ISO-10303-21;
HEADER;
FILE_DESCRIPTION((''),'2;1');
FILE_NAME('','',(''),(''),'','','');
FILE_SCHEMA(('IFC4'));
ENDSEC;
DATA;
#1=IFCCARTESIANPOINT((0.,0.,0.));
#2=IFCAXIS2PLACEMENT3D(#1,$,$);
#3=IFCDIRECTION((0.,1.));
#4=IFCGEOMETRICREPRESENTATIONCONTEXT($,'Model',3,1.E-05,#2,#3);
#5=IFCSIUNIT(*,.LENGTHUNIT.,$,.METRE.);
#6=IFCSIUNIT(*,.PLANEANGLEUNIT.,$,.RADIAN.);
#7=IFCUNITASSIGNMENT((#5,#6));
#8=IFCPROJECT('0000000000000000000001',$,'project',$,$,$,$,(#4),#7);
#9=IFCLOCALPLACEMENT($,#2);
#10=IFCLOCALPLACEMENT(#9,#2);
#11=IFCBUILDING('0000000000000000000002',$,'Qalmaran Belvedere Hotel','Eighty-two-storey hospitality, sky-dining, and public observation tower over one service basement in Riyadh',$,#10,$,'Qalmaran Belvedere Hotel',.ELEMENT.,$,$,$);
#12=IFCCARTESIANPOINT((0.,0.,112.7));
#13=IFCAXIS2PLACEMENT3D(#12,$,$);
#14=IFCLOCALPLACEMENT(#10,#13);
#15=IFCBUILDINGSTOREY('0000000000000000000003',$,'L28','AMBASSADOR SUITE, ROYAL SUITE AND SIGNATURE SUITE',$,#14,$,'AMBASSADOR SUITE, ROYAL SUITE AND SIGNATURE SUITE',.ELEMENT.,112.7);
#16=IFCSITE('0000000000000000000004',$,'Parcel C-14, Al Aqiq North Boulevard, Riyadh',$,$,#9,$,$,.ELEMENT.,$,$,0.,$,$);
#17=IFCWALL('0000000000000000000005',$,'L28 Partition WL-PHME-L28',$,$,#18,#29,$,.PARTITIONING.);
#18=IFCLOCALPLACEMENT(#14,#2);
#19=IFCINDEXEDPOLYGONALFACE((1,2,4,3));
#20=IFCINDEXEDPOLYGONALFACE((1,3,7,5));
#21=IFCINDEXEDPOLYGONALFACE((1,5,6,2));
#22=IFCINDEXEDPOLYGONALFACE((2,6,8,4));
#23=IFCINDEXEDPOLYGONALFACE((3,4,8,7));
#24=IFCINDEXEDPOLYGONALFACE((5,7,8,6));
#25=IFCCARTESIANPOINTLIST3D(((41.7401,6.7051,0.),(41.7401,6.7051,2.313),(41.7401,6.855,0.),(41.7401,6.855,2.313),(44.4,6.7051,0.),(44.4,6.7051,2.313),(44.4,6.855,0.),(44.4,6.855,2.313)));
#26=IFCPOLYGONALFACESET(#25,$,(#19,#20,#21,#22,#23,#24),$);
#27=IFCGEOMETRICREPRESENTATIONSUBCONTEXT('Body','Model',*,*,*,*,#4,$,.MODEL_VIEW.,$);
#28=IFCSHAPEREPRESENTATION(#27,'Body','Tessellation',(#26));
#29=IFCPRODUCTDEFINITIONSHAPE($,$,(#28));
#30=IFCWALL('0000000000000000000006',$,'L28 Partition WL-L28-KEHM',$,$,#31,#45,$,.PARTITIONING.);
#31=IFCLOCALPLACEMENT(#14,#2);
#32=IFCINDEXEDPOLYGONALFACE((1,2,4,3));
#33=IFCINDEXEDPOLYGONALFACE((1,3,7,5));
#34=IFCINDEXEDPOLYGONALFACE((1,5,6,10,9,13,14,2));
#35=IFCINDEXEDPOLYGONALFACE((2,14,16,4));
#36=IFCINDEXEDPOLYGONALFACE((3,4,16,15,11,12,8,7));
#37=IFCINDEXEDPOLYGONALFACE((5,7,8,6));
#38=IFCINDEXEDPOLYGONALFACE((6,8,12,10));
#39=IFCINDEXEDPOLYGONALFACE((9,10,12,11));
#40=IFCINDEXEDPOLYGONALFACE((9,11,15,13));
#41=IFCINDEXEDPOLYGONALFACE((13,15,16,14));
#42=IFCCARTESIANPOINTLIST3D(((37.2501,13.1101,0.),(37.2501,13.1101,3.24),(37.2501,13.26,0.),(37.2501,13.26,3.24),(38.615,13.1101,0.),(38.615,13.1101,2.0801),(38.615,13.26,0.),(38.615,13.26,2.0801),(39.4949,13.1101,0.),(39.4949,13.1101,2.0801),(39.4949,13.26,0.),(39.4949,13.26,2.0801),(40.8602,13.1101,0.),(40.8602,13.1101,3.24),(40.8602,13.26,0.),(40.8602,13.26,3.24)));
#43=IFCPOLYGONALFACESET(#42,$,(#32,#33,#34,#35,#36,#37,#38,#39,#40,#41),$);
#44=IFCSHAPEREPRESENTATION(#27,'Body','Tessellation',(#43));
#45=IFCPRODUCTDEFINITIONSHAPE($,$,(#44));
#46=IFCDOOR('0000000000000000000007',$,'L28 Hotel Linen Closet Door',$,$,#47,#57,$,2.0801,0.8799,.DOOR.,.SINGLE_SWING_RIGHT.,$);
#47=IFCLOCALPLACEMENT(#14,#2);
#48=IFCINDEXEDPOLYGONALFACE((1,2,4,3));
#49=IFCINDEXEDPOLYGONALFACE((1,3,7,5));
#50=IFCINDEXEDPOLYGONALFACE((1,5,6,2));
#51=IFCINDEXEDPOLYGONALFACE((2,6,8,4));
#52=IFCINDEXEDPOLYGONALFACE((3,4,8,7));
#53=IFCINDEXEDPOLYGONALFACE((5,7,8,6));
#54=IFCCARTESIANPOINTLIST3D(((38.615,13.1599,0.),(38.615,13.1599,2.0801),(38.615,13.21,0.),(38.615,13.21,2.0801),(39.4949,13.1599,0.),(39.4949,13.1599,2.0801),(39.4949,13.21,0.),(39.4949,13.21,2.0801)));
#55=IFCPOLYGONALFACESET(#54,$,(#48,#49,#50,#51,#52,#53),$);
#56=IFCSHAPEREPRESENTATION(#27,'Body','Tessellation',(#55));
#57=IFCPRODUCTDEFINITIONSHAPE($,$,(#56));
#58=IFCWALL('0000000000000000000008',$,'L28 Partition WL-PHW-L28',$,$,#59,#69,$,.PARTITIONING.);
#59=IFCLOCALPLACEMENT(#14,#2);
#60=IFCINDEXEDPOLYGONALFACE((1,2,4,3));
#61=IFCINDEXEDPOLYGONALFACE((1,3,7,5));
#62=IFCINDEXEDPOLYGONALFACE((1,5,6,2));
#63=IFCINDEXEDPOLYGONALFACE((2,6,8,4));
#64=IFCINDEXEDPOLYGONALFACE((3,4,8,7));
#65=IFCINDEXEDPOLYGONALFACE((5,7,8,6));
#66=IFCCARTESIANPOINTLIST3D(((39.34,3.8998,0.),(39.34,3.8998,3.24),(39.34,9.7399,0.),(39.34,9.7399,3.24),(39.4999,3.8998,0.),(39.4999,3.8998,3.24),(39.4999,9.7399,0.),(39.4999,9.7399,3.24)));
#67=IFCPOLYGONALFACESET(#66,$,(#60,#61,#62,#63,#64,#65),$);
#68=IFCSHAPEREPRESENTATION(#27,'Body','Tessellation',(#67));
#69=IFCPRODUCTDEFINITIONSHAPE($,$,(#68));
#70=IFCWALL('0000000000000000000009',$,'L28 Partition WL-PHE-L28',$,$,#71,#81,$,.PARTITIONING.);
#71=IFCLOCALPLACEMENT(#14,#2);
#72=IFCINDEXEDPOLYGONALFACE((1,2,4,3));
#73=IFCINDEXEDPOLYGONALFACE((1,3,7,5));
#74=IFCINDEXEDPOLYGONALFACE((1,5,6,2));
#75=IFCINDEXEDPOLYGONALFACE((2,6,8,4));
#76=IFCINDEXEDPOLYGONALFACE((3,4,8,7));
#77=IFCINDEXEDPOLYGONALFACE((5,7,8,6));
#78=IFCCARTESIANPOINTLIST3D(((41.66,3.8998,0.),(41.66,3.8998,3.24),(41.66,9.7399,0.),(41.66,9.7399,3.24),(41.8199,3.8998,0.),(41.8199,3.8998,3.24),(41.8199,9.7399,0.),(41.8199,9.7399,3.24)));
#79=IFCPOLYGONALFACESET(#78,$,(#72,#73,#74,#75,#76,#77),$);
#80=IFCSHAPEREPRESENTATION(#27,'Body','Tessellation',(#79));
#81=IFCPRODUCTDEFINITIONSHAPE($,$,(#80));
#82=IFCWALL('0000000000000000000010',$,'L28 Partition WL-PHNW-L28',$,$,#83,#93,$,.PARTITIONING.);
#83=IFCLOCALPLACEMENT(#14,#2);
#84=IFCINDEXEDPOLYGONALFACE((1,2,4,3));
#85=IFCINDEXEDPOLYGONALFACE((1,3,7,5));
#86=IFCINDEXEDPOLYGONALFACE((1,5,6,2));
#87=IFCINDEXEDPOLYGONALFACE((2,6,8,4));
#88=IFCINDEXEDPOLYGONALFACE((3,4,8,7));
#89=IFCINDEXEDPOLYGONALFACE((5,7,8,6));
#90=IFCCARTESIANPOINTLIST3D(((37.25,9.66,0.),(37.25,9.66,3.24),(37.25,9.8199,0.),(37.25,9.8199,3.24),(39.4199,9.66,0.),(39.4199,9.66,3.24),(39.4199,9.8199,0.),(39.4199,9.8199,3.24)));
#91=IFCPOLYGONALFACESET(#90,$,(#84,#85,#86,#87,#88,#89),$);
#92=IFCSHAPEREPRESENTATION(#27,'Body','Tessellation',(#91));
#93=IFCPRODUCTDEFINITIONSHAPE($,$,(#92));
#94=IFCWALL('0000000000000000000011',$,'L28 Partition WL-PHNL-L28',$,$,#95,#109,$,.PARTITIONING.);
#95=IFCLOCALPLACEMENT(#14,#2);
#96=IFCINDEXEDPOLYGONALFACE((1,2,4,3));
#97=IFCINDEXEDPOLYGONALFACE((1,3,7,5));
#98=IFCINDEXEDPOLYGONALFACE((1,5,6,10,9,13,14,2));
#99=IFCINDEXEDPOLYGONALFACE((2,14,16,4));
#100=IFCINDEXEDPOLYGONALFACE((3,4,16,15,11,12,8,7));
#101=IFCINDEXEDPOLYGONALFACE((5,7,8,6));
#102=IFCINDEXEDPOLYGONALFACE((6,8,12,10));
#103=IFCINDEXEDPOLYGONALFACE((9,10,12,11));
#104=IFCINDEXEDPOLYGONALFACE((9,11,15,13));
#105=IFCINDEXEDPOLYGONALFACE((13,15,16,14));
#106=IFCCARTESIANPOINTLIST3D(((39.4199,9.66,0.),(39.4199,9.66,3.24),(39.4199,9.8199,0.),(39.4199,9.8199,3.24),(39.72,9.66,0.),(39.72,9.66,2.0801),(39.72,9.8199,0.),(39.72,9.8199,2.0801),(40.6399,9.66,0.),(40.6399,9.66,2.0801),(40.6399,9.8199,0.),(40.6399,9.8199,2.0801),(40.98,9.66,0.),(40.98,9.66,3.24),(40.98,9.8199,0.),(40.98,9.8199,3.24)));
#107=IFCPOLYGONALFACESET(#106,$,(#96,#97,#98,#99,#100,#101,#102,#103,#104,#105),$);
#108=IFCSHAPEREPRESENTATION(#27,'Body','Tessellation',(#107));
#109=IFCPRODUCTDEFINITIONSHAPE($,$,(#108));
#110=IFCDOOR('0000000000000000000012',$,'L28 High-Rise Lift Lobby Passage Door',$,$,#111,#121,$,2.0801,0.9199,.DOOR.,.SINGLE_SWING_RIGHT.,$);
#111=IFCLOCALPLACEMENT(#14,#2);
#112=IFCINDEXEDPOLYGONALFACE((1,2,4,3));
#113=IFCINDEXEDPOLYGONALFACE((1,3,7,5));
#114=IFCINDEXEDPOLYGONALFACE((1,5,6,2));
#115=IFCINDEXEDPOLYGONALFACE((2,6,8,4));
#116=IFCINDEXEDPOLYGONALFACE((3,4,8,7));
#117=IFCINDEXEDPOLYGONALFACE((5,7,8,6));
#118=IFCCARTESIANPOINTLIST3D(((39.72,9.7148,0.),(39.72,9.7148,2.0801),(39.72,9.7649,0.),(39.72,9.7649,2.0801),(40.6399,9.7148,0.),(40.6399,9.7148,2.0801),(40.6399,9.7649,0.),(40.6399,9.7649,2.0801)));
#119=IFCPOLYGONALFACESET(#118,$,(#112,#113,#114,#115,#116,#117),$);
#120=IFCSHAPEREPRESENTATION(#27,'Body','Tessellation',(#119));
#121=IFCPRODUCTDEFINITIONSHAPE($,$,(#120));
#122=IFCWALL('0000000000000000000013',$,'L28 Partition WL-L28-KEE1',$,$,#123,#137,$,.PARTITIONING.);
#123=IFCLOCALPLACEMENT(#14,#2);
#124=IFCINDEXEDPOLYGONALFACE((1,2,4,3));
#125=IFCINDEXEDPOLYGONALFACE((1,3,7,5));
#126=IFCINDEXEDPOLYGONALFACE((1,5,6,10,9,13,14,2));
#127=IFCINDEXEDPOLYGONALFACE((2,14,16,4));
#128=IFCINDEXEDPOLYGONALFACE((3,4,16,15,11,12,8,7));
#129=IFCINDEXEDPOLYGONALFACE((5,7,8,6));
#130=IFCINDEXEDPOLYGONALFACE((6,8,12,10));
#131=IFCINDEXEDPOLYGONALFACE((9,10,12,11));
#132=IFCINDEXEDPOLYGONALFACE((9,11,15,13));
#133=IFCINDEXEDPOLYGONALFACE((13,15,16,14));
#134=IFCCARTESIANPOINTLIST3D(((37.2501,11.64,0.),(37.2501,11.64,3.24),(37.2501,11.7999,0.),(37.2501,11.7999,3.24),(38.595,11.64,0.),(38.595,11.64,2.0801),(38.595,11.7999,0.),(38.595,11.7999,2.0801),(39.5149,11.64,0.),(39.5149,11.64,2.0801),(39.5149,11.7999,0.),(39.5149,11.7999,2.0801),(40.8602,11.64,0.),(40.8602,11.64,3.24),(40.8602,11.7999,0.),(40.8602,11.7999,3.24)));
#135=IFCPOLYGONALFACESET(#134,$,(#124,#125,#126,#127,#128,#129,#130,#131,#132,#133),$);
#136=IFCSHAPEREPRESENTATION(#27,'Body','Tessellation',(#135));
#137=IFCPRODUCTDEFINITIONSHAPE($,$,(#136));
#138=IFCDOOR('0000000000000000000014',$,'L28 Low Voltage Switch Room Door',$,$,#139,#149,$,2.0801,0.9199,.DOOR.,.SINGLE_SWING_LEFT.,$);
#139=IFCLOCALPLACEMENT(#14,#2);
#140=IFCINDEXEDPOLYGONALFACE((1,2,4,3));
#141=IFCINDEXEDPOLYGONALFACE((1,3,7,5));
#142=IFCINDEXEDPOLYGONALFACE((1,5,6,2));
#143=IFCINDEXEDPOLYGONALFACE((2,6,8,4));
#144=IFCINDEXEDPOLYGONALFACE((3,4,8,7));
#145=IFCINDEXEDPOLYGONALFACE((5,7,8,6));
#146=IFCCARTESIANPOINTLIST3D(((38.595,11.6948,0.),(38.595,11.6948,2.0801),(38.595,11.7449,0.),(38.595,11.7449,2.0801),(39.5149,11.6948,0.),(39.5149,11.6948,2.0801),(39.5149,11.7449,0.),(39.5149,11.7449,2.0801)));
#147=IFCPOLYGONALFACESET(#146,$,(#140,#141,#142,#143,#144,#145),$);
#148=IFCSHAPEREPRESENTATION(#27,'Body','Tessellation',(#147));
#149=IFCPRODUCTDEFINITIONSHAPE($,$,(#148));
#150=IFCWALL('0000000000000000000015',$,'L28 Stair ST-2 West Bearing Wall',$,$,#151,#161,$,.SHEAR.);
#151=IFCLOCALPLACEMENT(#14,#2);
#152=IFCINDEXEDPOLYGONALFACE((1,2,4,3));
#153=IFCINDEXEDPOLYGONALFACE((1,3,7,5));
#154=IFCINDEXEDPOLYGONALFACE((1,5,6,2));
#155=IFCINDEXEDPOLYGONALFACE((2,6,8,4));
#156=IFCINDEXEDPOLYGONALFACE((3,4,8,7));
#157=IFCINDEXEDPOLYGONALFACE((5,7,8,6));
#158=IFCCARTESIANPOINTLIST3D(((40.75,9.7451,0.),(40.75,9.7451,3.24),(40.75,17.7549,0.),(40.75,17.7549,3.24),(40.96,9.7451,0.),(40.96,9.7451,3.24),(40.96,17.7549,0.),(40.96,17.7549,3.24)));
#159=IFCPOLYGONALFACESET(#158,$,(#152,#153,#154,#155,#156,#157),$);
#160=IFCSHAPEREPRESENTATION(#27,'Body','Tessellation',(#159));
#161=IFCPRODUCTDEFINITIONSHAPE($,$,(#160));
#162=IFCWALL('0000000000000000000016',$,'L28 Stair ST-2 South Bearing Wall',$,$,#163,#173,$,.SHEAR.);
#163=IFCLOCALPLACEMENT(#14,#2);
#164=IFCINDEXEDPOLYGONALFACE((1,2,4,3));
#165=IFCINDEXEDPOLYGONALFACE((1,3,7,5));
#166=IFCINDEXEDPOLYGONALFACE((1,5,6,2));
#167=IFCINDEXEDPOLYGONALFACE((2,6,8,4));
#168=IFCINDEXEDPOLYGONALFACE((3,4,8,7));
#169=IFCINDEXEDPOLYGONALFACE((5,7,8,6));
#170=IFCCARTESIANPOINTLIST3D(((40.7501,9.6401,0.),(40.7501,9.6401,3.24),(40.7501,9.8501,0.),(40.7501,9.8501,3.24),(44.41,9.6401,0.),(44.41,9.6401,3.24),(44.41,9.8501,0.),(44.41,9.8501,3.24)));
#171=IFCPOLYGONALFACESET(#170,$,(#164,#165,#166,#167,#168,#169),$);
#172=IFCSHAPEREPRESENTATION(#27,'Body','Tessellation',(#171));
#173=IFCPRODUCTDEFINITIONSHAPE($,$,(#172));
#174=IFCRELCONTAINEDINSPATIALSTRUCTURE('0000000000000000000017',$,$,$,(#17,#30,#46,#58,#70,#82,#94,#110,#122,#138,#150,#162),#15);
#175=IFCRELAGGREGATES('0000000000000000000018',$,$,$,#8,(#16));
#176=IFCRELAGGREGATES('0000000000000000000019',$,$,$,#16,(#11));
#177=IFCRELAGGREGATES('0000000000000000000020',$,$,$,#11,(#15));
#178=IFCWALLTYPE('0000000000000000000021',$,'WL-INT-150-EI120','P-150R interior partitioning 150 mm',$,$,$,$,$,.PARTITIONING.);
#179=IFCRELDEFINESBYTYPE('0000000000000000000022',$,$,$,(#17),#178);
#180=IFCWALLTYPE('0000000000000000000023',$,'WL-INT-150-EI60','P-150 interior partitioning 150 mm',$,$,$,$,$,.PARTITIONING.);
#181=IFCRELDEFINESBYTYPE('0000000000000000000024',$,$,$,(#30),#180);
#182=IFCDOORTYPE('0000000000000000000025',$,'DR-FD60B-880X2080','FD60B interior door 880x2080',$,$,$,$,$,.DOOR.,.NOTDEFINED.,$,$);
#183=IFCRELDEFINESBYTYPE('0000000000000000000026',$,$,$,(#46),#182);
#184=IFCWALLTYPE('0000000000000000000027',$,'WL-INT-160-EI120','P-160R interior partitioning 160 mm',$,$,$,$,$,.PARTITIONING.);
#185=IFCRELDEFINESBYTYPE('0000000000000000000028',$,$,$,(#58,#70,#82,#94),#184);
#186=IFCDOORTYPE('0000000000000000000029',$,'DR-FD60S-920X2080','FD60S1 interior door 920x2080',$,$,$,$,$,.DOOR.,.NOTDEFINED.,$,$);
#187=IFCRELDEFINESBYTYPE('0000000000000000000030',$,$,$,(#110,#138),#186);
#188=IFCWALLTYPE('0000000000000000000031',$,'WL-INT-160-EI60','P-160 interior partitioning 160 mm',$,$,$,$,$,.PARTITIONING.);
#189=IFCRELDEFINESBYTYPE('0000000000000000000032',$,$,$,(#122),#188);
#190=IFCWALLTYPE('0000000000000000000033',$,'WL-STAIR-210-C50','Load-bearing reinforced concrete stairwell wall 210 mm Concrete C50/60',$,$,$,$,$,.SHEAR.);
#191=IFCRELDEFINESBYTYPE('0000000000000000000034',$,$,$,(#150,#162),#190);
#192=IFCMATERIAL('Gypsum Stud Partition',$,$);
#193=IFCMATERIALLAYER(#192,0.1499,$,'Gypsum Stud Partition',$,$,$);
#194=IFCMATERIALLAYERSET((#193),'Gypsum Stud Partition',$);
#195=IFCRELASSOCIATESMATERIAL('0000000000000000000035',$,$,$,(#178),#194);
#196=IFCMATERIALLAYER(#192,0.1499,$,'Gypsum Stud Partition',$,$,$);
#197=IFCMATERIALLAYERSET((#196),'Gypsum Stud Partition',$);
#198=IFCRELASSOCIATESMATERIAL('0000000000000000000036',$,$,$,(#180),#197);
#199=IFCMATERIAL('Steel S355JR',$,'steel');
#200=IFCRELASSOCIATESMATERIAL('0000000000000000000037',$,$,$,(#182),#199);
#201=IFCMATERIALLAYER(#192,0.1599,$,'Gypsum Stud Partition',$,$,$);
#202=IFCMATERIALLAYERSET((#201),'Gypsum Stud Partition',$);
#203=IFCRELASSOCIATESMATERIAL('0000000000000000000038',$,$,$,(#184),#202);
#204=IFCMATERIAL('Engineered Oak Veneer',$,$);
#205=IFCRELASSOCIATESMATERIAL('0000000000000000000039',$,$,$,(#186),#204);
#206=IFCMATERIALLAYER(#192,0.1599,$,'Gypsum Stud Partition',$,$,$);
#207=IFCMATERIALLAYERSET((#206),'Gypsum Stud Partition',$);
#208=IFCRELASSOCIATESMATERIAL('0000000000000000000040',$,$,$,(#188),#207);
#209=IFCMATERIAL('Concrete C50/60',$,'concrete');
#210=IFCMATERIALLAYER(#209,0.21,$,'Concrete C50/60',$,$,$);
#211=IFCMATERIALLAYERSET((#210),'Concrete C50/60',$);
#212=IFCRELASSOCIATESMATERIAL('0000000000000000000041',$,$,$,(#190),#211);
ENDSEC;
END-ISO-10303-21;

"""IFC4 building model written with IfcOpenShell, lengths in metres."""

from ifc_helpers import new_model, si_unit, direction, frame, frame_2d, origin, place, context, subcontext, project, spatial, rectangle, extrude, material, layer, layer_set, type_object, element, fill, save


model = new_model("IFC4")

# Units and contexts
model_context = context("Model", 3, precision=1e-05, world=origin(), true_north=direction((0.0, 1.0)))
body_context = subcontext(model_context, "Body", "Model", "MODEL_VIEW")
ifc_project = project(units=[si_unit("LENGTHUNIT", "METRE"), si_unit("PLANEANGLEUNIT", "RADIAN")], contexts=[model_context])

# Site, building, storey
site_placement = place(None, origin())
site = spatial("IfcSite", under=ifc_project, at=site_placement, Name="Parcel C-14, Al Aqiq North Boulevard, Riyadh", CompositionType="ELEMENT", RefElevation=0.0)
building_placement = place(site_placement, origin())
building = spatial("IfcBuilding", under=site, at=building_placement, Name="Qalmaran Belvedere Hotel", Description="Eighty-two-storey hospitality, sky-dining, and public observation tower over one service basement in Riyadh", LongName="Qalmaran Belvedere Hotel", CompositionType="ELEMENT")
storey_placement = place(building_placement, frame((0.0, 0.0, 112.7)))
storey = spatial("IfcBuildingStorey", under=building, at=storey_placement, Name="L28", Description="AMBASSADOR SUITE, ROYAL SUITE AND SIGNATURE SUITE", LongName="AMBASSADOR SUITE, ROYAL SUITE AND SIGNATURE SUITE", CompositionType="ELEMENT", Elevation=112.7)

# Wall
ifc_material_1 = material(Name="Gypsum Stud Partition")
ifc_layer_1 = layer(ifc_material_1, 0.1499, Name="Gypsum Stud Partition")
ifc_layer_set_1 = layer_set([ifc_layer_1], Name="Gypsum Stud Partition")
wall_type_1 = type_object("IfcWallType", Name="WL-INT-150-EI120", Description="P-150R interior partitioning 150 mm", PredefinedType="PARTITIONING", material=ifc_layer_set_1)
wall_1_placement = place(storey_placement, frame((41.74, 6.78, 0.0), z_axis=(0.0, 0.0, 1.0), x_axis=(1.0, 0.0, 0.0)))
element("IfcWall", 1, at=wall_1_placement, inside=storey, type_object=wall_type_1, Name="L28 Partition WL-PHME-L28", PredefinedType="PARTITIONING", context=body_context, shape_type="SweptSolid", body=[
    extrude(rectangle(XDim=2.6599, YDim=0.1499, at=frame_2d((1.3301, 0.0))), origin(), (0.0, 0.0, 1.0), 2.313),
])

# Wall, opening, door
ifc_layer_2 = layer(ifc_material_1, 0.1499, Name="Gypsum Stud Partition")
ifc_layer_set_2 = layer_set([ifc_layer_2], Name="Gypsum Stud Partition")
wall_type_2 = type_object("IfcWallType", Name="WL-INT-150-EI60", Description="P-150 interior partitioning 150 mm", PredefinedType="PARTITIONING", material=ifc_layer_set_2)
wall_2_placement = place(storey_placement, frame((37.25, 13.1851, 0.0), z_axis=(0.0, 0.0, 1.0), x_axis=(1.0, 0.0, 0.0)))
wall_2 = element("IfcWall", 2, at=wall_2_placement, inside=storey, type_object=wall_type_2, Name="L28 Partition WL-L28-KEHM", PredefinedType="PARTITIONING", context=body_context, shape_type="SweptSolid", body=[
    extrude(rectangle(XDim=3.6101, YDim=0.1499, at=frame_2d((1.8052, 0.0))), origin(), (0.0, 0.0, 1.0), 3.24),
])
opening_1_placement = place(wall_2_placement, frame((1.365, 0.0, 0.0)))
opening_1 = element("IfcOpeningElement", 3, at=opening_1_placement, cuts=wall_2, PredefinedType="OPENING", context=body_context, shape_type="SweptSolid", body=[
    extrude(rectangle(XDim=0.8799, YDim=2.0801, at=frame_2d((0.4399, 1.04))), frame((0.0, 0.085, 0.0), z_axis=(0.0, -1.0, 0.0), x_axis=(1.0, 0.0, 0.0)), (0.0, 0.0, 1.0), 0.1699),
])
ifc_material_2 = material(Name="Steel S355JR", Category="steel")
door_type_1 = type_object("IfcDoorType", Name="DR-FD60B-880X2080", Description="FD60B interior door 880x2080", OperationType="NOTDEFINED", PredefinedType="DOOR", material=ifc_material_2)
door_1_placement = place(opening_1_placement, origin())
door_1 = element("IfcDoor", 4, at=door_1_placement, inside=storey, type_object=door_type_1, Name="L28 Hotel Linen Closet Door", OperationType="SINGLE_SWING_RIGHT", OverallHeight=2.0801, OverallWidth=0.8799, PredefinedType="DOOR", context=body_context, shape_type="SweptSolid", body=[
    extrude(rectangle(XDim=0.8799, YDim=2.0801, at=frame_2d((0.4399, 1.04))), frame((0.0, 0.0249, 0.0), z_axis=(0.0, -1.0, 0.0), x_axis=(1.0, 0.0, 0.0)), (0.0, 0.0, 1.0), 0.05),
])
fill(opening_1, door_1)

# Walls
ifc_layer_3 = layer(ifc_material_1, 0.1599, Name="Gypsum Stud Partition")
ifc_layer_set_3 = layer_set([ifc_layer_3], Name="Gypsum Stud Partition")
wall_type_3 = type_object("IfcWallType", Name="WL-INT-160-EI120", Description="P-160R interior partitioning 160 mm", PredefinedType="PARTITIONING", material=ifc_layer_set_3)
for number, where, z_axis, x_axis, name in (
    (5, (39.4199, 3.8999, 0.0), (0.0, 0.0, 1.0), (0.0, 1.0, 0.0), "L28 Partition WL-PHW-L28"),
    (6, (41.74, 3.8999, 0.0), (0.0, 0.0, 1.0), (0.0, 1.0, 0.0), "L28 Partition WL-PHE-L28"),
):
    element("IfcWall", number, at=place(storey_placement, frame(where, z_axis=z_axis, x_axis=x_axis)), inside=storey, type_object=wall_type_3, Name=name, PredefinedType="PARTITIONING", context=body_context, shape_type="SweptSolid", body=[
        extrude(rectangle(XDim=5.8401, YDim=0.1599, at=frame_2d((2.9199, 0.0))), origin(), (0.0, 0.0, 1.0), 3.24),
    ])
wall_3_placement = place(storey_placement, frame((37.25, 9.74, 0.0), z_axis=(0.0, 0.0, 1.0), x_axis=(1.0, 0.0, 0.0)))
element("IfcWall", 7, at=wall_3_placement, inside=storey, type_object=wall_type_3, Name="L28 Partition WL-PHNW-L28", PredefinedType="PARTITIONING", context=body_context, shape_type="SweptSolid", body=[
    extrude(rectangle(XDim=2.1699, YDim=0.1599, at=frame_2d((1.085, 0.0))), origin(), (0.0, 0.0, 1.0), 3.24),
])

# Walls, openings, doors
wall_4_placement = place(storey_placement, frame((39.4199, 9.74, 0.0), z_axis=(0.0, 0.0, 1.0), x_axis=(1.0, 0.0, 0.0)))
wall_4 = element("IfcWall", 8, at=wall_4_placement, inside=storey, type_object=wall_type_3, Name="L28 Partition WL-PHNL-L28", PredefinedType="PARTITIONING", context=body_context, shape_type="SweptSolid", body=[
    extrude(rectangle(XDim=1.5601, YDim=0.1599, at=frame_2d((0.78, 0.0))), origin(), (0.0, 0.0, 1.0), 3.24),
])
opening_2_placement = place(wall_4_placement, frame((0.3, 0.0, 0.0)))
opening_2 = element("IfcOpeningElement", 9, at=opening_2_placement, cuts=wall_4, PredefinedType="OPENING", context=body_context, shape_type="SweptSolid", body=[
    extrude(rectangle(XDim=0.9199, YDim=2.0801, at=frame_2d((0.46, 1.04))), frame((0.0, 0.0898, 0.0), z_axis=(0.0, -1.0, 0.0), x_axis=(1.0, 0.0, 0.0)), (0.0, 0.0, 1.0), 0.1799),
])
ifc_material_3 = material(Name="Engineered Oak Veneer")
door_type_2 = type_object("IfcDoorType", Name="DR-FD60S-920X2080", Description="FD60S1 interior door 920x2080", OperationType="NOTDEFINED", PredefinedType="DOOR", material=ifc_material_3)
door_2_placement = place(opening_2_placement, origin())
door_2 = element("IfcDoor", 10, at=door_2_placement, inside=storey, type_object=door_type_2, Name="L28 High-Rise Lift Lobby Passage Door", OperationType="SINGLE_SWING_RIGHT", OverallHeight=2.0801, OverallWidth=0.9199, PredefinedType="DOOR", context=body_context, shape_type="SweptSolid", body=[
    extrude(rectangle(XDim=0.9199, YDim=2.0801, at=frame_2d((0.46, 1.04))), frame((0.0, 0.0249, 0.0), z_axis=(0.0, -1.0, 0.0), x_axis=(1.0, 0.0, 0.0)), (0.0, 0.0, 1.0), 0.05),
])
fill(opening_2, door_2)
ifc_layer_4 = layer(ifc_material_1, 0.1599, Name="Gypsum Stud Partition")
ifc_layer_set_4 = layer_set([ifc_layer_4], Name="Gypsum Stud Partition")
wall_type_4 = type_object("IfcWallType", Name="WL-INT-160-EI60", Description="P-160 interior partitioning 160 mm", PredefinedType="PARTITIONING", material=ifc_layer_set_4)
wall_5_placement = place(storey_placement, frame((37.25, 11.72, 0.0), z_axis=(0.0, 0.0, 1.0), x_axis=(1.0, 0.0, 0.0)))
wall_5 = element("IfcWall", 11, at=wall_5_placement, inside=storey, type_object=wall_type_4, Name="L28 Partition WL-L28-KEE1", PredefinedType="PARTITIONING", context=body_context, shape_type="SweptSolid", body=[
    extrude(rectangle(XDim=3.6101, YDim=0.1599, at=frame_2d((1.8052, 0.0))), origin(), (0.0, 0.0, 1.0), 3.24),
])
opening_3_placement = place(wall_5_placement, frame((1.345, 0.0, 0.0)))
opening_3 = element("IfcOpeningElement", 12, at=opening_3_placement, cuts=wall_5, PredefinedType="OPENING", context=body_context, shape_type="SweptSolid", body=[
    extrude(rectangle(XDim=0.9199, YDim=2.0801, at=frame_2d((0.46, 1.04))), frame((0.0, 0.0898, 0.0), z_axis=(0.0, -1.0, 0.0), x_axis=(1.0, 0.0, 0.0)), (0.0, 0.0, 1.0), 0.1799),
])
door_3_placement = place(opening_3_placement, origin())
door_3 = element("IfcDoor", 13, at=door_3_placement, inside=storey, type_object=door_type_2, Name="L28 Low Voltage Switch Room Door", OperationType="SINGLE_SWING_LEFT", OverallHeight=2.0801, OverallWidth=0.9199, PredefinedType="DOOR", context=body_context, shape_type="SweptSolid", body=[
    extrude(rectangle(XDim=0.9199, YDim=2.0801, at=frame_2d((0.46, 1.04))), frame((0.0, 0.0249, 0.0), z_axis=(0.0, -1.0, 0.0), x_axis=(1.0, 0.0, 0.0)), (0.0, 0.0, 1.0), 0.05),
])
fill(opening_3, door_3)

# Walls
ifc_material_4 = material(Name="Concrete C50/60", Category="concrete")
ifc_layer_5 = layer(ifc_material_4, 0.21, Name="Concrete C50/60")
ifc_layer_set_5 = layer_set([ifc_layer_5], Name="Concrete C50/60")
wall_type_5 = type_object("IfcWallType", Name="WL-STAIR-210-C50", Description="Load-bearing reinforced concrete stairwell wall 210 mm Concrete C50/60", PredefinedType="SHEAR", material=ifc_layer_set_5)
wall_6_placement = place(storey_placement, frame((40.855, 9.7451, 0.0), z_axis=(0.0, 0.0, 1.0), x_axis=(0.0, 1.0, 0.0)))
element("IfcWall", 14, at=wall_6_placement, inside=storey, type_object=wall_type_5, Name="L28 Stair ST-2 West Bearing Wall", PredefinedType="SHEAR", context=body_context, shape_type="SweptSolid", body=[
    extrude(rectangle(XDim=8.0098, YDim=0.21, at=frame_2d((4.0049, 0.0))), origin(), (0.0, 0.0, 1.0), 3.24),
])
wall_7_placement = place(storey_placement, frame((40.75, 9.7451, 0.0), z_axis=(0.0, 0.0, 1.0), x_axis=(1.0, 0.0, 0.0)))
element("IfcWall", 15, at=wall_7_placement, inside=storey, type_object=wall_type_5, Name="L28 Stair ST-2 South Bearing Wall", PredefinedType="SHEAR", context=body_context, shape_type="SweptSolid", body=[
    extrude(rectangle(XDim=3.6599, YDim=0.21, at=frame_2d((1.8301, 0.0))), origin(), (0.0, 0.0, 1.0), 3.24),
])

save(model, "model.ifc")
